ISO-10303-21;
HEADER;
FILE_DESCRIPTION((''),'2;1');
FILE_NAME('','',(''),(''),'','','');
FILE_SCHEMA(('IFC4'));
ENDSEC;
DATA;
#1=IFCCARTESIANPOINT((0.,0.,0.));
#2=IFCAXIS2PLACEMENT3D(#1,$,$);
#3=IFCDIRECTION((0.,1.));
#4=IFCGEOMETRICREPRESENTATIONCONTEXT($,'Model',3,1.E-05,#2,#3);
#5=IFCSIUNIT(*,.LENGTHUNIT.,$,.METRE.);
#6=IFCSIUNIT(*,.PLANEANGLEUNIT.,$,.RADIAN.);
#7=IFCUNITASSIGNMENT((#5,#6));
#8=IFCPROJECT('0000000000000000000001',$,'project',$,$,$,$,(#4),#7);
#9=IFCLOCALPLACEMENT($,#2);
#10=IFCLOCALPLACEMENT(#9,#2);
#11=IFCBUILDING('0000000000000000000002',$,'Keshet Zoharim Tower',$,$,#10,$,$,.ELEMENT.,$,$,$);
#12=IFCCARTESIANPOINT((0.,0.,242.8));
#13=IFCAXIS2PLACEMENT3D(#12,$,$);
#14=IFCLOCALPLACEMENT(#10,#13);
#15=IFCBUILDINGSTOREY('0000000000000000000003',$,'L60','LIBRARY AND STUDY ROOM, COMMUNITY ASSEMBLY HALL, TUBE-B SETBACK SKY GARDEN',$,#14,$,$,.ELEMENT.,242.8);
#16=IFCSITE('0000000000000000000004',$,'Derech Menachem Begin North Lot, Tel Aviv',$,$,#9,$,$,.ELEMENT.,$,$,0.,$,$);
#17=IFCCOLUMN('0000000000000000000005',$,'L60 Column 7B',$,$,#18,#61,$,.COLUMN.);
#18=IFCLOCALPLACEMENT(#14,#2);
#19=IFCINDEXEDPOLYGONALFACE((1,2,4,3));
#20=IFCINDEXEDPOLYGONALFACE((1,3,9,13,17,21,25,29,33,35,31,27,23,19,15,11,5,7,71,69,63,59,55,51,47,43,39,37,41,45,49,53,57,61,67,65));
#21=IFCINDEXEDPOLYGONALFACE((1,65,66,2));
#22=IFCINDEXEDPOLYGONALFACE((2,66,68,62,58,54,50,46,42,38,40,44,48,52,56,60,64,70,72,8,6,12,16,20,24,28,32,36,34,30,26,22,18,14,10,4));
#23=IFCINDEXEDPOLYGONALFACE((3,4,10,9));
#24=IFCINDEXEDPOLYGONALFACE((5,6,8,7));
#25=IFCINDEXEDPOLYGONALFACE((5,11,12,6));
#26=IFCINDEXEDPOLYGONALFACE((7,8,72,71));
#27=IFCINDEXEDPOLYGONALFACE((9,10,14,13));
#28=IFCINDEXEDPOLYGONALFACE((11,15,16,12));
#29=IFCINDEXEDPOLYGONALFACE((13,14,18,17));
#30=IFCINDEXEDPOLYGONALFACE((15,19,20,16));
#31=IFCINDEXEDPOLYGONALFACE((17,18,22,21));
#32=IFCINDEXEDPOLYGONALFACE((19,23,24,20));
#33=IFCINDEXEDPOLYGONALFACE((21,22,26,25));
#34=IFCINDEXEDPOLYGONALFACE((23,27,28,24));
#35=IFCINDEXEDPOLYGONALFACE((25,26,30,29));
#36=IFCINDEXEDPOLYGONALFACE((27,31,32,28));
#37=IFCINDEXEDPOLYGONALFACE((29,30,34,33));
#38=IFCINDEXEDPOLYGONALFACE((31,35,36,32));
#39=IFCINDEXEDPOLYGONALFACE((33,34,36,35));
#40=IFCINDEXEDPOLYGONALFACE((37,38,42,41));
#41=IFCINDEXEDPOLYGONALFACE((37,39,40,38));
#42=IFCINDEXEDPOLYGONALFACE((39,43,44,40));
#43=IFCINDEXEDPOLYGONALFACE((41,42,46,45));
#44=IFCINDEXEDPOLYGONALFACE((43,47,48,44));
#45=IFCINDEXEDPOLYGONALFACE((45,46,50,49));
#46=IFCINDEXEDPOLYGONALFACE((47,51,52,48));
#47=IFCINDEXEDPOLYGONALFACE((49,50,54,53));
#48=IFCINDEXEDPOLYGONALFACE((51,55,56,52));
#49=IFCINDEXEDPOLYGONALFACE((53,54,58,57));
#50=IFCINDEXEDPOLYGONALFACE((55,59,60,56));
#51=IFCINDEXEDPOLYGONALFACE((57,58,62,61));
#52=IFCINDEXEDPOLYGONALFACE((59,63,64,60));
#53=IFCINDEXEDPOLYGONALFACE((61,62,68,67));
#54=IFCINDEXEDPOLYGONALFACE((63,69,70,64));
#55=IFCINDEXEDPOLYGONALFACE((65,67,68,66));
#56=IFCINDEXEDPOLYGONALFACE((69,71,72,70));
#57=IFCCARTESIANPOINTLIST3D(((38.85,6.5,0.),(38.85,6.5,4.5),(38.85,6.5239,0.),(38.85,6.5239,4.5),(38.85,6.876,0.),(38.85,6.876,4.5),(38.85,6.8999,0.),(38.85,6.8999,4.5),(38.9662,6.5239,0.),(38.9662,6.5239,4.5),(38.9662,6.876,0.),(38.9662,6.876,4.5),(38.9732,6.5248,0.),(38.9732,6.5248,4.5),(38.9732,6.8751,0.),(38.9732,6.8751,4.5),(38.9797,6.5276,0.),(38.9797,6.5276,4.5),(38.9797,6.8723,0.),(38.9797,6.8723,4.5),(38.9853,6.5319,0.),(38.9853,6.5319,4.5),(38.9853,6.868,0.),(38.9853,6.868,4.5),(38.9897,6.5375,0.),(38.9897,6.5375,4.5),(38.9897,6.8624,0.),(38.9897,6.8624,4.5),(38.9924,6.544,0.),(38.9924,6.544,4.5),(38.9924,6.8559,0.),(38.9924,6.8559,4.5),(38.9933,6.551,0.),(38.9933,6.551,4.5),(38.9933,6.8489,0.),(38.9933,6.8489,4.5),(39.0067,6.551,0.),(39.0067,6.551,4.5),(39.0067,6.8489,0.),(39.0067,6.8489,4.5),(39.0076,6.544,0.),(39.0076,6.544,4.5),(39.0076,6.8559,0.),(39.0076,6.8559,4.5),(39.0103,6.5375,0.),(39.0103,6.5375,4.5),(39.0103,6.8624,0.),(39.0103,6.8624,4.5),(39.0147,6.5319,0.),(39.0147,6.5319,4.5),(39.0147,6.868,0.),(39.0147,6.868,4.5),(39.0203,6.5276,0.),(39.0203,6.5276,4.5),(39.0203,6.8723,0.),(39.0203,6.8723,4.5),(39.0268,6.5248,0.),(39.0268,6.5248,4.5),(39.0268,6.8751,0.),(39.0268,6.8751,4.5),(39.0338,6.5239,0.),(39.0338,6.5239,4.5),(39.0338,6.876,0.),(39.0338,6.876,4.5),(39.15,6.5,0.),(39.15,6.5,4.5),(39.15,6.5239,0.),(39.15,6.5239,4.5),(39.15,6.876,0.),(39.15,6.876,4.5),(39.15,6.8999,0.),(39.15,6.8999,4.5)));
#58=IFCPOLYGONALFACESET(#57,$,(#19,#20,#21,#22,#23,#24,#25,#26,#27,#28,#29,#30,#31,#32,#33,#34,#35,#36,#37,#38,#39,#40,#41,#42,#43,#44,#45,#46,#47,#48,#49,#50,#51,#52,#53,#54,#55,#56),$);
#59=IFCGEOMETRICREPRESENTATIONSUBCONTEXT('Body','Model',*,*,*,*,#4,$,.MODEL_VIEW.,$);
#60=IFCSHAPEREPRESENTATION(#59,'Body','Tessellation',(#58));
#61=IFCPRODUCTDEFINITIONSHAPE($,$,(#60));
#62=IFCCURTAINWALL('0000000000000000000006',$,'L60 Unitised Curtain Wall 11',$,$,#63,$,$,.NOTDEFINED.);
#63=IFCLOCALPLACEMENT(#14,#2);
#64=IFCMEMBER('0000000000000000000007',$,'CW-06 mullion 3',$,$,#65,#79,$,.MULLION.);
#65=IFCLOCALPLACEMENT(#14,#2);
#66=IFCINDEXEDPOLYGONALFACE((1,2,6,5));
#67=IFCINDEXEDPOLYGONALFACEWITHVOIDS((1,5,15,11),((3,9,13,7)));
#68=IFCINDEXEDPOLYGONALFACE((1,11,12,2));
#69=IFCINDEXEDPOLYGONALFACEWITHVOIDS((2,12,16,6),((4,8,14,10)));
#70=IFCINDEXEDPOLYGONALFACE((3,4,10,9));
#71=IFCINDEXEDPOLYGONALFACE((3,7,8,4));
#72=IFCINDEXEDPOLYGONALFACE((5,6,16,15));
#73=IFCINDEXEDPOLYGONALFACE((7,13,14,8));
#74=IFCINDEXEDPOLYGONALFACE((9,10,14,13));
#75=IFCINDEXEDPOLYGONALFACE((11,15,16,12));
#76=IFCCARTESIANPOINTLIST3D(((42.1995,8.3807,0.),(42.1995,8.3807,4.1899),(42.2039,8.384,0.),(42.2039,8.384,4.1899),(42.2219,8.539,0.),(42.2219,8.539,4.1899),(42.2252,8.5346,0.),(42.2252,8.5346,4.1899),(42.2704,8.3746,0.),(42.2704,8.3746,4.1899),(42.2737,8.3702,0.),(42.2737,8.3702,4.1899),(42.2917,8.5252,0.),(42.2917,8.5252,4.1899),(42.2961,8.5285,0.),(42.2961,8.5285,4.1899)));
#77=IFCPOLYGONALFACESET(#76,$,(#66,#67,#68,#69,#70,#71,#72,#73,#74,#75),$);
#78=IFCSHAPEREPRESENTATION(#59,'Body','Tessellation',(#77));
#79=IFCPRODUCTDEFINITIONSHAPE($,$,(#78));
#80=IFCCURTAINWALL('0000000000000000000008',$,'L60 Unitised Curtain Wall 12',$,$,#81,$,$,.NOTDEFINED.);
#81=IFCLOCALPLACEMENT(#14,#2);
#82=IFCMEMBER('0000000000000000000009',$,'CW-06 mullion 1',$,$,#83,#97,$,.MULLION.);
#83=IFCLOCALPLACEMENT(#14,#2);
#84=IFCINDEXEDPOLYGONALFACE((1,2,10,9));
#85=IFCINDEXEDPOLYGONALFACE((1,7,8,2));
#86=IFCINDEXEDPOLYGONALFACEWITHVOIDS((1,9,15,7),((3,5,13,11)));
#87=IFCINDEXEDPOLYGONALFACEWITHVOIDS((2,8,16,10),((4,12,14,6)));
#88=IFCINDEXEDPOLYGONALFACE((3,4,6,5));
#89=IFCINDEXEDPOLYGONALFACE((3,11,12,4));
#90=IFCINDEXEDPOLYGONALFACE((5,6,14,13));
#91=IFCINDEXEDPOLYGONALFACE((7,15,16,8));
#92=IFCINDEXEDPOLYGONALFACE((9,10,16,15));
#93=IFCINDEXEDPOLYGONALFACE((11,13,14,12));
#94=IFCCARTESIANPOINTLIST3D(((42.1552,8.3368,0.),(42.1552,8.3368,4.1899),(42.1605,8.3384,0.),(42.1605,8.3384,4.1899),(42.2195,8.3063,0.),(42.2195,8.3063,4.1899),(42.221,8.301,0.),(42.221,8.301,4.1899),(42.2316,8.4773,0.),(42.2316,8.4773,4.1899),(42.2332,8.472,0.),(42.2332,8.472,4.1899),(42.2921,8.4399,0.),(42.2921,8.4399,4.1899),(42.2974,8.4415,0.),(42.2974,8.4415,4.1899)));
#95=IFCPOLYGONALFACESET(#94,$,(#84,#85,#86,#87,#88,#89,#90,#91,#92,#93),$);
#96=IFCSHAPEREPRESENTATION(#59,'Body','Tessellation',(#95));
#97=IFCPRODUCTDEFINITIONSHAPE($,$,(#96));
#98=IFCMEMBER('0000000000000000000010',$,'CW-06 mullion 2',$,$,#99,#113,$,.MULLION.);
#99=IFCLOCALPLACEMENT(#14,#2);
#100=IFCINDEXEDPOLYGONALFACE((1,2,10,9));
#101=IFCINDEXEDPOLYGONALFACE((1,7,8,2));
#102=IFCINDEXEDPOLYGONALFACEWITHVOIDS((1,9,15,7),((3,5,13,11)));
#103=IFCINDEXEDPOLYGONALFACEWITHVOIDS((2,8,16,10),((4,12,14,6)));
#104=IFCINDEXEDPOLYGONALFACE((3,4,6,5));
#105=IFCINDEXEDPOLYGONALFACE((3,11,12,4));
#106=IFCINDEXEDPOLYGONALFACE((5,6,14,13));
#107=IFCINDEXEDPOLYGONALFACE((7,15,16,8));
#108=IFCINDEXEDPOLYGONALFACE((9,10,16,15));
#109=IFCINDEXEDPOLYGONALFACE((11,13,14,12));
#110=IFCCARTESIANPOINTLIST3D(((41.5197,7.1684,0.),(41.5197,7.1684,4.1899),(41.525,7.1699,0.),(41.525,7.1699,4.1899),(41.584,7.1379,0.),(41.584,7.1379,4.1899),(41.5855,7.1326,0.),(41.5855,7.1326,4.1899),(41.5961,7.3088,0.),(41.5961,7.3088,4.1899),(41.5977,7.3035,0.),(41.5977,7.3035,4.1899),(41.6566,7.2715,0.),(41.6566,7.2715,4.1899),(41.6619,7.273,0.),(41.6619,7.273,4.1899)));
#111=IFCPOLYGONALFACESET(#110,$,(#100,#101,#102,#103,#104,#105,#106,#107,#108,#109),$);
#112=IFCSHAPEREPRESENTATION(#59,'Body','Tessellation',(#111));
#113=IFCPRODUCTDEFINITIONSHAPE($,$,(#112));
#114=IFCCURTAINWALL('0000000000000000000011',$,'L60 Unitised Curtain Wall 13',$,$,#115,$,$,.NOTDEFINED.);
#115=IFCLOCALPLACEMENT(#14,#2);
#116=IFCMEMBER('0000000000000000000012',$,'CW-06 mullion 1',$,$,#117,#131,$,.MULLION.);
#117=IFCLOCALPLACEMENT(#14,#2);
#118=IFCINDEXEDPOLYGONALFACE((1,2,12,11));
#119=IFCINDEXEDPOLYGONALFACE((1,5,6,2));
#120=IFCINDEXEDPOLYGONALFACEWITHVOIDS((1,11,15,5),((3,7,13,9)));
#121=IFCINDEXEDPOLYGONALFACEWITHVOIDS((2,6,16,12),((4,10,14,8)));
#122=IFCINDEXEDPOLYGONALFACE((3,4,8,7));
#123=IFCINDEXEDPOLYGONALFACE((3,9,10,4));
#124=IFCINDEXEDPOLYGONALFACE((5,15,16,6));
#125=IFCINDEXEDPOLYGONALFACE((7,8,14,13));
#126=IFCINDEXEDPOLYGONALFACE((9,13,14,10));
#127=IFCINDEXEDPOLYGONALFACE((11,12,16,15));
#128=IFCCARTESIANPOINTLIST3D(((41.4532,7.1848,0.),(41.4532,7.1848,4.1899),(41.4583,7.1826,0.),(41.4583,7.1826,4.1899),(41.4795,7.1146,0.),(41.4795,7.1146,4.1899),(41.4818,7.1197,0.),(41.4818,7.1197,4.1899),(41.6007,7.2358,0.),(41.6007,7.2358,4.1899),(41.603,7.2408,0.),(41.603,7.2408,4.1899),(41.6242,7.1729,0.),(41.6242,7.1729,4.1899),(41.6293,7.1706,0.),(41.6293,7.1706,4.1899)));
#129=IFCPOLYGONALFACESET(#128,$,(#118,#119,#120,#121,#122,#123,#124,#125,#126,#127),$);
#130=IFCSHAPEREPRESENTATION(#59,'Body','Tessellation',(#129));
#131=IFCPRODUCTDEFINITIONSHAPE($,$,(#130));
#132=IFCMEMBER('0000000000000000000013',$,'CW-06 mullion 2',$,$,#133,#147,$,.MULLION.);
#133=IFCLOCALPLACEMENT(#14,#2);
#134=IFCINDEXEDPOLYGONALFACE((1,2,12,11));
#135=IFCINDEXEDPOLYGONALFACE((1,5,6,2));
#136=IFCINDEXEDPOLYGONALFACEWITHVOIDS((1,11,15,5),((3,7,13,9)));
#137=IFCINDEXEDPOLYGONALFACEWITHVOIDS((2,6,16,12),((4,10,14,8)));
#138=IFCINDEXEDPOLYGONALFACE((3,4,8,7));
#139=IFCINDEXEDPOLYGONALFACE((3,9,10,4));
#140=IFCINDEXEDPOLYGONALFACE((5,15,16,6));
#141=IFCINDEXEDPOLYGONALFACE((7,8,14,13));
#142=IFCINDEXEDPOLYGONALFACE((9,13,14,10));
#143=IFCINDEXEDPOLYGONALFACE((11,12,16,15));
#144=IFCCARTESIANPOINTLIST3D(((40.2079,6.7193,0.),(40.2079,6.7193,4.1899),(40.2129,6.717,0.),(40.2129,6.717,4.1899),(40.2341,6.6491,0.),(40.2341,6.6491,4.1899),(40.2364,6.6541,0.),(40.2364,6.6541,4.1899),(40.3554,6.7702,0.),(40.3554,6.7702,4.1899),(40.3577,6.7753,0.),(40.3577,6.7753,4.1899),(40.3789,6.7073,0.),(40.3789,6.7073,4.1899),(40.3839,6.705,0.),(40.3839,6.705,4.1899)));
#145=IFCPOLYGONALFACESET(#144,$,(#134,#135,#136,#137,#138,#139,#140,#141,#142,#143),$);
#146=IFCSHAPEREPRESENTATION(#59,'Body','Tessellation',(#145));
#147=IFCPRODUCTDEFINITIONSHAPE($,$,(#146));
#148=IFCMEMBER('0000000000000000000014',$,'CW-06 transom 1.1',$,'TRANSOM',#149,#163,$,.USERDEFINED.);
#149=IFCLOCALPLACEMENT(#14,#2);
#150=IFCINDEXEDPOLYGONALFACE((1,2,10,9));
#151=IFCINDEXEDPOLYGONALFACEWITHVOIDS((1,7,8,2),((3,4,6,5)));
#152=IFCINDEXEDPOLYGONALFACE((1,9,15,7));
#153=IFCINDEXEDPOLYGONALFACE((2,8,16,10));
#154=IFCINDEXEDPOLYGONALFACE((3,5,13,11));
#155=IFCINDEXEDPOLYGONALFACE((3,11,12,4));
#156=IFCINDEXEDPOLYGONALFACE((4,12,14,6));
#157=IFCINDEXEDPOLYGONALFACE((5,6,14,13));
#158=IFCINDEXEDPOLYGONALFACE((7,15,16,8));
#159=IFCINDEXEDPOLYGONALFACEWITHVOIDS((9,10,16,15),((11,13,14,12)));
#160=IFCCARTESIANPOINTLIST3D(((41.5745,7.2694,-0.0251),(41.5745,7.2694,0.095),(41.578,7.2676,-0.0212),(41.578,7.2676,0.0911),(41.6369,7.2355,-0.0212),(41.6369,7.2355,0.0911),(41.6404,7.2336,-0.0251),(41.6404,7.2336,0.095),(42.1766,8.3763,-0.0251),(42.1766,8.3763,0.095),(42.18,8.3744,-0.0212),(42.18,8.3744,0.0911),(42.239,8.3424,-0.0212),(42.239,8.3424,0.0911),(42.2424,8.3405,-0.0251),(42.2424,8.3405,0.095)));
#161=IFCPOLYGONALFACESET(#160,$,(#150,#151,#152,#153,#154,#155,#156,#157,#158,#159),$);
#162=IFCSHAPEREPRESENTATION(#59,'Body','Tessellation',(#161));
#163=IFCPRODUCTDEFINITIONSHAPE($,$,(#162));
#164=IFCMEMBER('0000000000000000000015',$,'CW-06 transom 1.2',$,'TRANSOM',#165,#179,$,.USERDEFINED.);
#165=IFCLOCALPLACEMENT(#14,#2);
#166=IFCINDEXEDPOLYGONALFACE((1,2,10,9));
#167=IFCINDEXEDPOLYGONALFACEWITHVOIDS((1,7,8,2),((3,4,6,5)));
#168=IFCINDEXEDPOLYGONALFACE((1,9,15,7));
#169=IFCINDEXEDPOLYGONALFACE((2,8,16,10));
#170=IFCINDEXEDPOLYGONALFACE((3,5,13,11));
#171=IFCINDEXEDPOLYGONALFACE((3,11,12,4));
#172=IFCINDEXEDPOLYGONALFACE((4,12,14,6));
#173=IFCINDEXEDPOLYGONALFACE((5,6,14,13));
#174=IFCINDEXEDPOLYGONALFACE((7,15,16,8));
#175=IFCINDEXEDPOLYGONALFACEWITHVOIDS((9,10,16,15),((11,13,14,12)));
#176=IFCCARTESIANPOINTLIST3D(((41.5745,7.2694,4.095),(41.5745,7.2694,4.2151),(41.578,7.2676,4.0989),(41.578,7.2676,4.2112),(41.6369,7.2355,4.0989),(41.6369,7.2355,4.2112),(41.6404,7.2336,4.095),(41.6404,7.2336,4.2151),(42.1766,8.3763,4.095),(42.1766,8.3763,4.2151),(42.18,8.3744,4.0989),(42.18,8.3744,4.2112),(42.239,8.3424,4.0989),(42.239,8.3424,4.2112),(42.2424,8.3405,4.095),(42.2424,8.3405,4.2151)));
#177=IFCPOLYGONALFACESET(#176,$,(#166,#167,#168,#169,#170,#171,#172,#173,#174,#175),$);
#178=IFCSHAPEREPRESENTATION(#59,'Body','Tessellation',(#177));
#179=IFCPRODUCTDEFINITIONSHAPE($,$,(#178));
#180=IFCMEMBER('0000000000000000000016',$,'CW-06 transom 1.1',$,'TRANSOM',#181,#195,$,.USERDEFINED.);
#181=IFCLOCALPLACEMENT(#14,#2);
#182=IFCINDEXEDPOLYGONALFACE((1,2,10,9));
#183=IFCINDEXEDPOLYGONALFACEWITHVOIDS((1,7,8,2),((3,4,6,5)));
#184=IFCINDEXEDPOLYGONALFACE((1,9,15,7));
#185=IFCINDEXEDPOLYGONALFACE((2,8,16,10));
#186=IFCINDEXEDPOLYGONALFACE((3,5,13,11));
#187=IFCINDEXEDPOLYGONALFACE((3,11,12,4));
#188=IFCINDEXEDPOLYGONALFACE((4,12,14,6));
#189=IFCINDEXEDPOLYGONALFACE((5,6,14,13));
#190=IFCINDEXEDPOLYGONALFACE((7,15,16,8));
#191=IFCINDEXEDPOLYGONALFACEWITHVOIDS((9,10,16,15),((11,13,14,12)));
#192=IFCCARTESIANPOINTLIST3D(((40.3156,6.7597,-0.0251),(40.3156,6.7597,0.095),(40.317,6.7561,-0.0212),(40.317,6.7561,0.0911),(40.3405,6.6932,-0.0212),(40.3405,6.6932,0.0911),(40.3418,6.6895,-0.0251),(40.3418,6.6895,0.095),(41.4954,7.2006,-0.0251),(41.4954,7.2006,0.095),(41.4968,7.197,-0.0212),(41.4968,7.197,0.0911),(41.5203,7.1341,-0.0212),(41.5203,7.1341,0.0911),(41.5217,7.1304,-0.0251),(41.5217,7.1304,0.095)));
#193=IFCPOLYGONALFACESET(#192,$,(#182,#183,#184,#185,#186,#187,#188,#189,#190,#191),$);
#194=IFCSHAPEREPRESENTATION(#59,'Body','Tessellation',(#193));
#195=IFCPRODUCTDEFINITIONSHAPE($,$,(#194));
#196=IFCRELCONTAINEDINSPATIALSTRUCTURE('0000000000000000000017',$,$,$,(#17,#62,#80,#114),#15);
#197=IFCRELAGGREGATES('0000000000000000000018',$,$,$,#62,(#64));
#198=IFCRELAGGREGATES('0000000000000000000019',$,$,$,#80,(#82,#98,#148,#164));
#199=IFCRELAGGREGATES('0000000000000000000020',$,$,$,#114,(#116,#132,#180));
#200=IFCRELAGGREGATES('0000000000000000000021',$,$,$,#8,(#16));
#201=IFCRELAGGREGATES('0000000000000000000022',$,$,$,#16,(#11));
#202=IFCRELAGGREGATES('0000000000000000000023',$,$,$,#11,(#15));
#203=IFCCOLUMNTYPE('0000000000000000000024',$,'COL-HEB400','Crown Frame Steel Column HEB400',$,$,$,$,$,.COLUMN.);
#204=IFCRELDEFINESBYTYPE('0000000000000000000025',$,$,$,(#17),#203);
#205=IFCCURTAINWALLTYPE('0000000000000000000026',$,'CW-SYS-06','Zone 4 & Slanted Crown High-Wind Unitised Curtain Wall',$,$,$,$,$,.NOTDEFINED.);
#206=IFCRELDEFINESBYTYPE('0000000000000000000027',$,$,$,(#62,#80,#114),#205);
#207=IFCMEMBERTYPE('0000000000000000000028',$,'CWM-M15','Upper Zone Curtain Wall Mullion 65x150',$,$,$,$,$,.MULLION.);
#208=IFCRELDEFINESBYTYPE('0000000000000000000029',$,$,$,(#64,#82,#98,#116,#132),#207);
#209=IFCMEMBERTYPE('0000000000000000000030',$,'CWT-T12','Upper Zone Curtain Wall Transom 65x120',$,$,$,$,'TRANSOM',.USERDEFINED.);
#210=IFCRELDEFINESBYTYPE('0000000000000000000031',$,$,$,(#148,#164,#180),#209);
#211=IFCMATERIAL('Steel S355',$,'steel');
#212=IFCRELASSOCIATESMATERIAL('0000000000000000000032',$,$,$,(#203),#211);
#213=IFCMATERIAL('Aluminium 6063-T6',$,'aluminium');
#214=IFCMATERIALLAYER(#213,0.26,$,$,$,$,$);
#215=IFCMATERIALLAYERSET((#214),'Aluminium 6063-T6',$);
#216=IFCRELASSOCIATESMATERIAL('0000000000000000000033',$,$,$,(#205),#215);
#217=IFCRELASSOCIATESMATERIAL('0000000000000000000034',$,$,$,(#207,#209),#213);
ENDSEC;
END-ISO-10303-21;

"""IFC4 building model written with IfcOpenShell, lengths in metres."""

from ifc_helpers import new_model, si_unit, direction, frame, origin, origin_2d, place, context, subcontext, project, spatial, hollow_rectangle, i_section, extrude, material, layer, layer_set, material_profile, profile_set, type_object, element, aggregate, save


model = new_model("IFC4")

# Units and contexts
model_context = context("Model", 3, precision=1e-05, world=origin(), true_north=direction((0.0, 1.0)))
body_context = subcontext(model_context, "Body", "Model", "MODEL_VIEW")
ifc_project = project(units=[si_unit("LENGTHUNIT", "METRE"), si_unit("PLANEANGLEUNIT", "RADIAN")], contexts=[model_context])

# Site, building, storey
site_placement = place(None, origin())
site = spatial("IfcSite", under=ifc_project, at=site_placement, Name="Derech Menachem Begin North Lot, Tel Aviv", CompositionType="ELEMENT", RefElevation=0.0)
building_placement = place(site_placement, origin())
building = spatial("IfcBuilding", under=site, at=building_placement, Name="Keshet Zoharim Tower", CompositionType="ELEMENT")
storey_placement = place(building_placement, frame((0.0, 0.0, 242.8)))
storey = spatial("IfcBuildingStorey", under=building, at=storey_placement, Name="L60", Description="LIBRARY AND STUDY ROOM, COMMUNITY ASSEMBLY HALL, TUBE-B SETBACK SKY GARDEN", CompositionType="ELEMENT", Elevation=242.8)

# Column
ifc_material_1 = material(Name="Steel S355", Category="steel")
ifc_material_profile_1 = material_profile(ifc_material_1, i_section(OverallWidth=0.3, OverallDepth=0.3999, WebThickness=0.0134, FlangeThickness=0.0239, FilletRadius=0.0271, at=origin_2d()), Name="HEB400")
ifc_profile_set_1 = profile_set([ifc_material_profile_1], Name="Steel S355")
column_type = type_object("IfcColumnType", Name="COL-HEB400", Description="Crown Frame Steel Column HEB400", PredefinedType="COLUMN", material=ifc_profile_set_1)
column_placement = place(storey_placement, frame((39.0, 6.7, 0.0), z_axis=(0.0, 0.0, 1.0), x_axis=(1.0, 0.0, 0.0)))
element("IfcColumn", 1, at=column_placement, inside=storey, type_object=column_type, Name="L60 Column 7B", PredefinedType="COLUMN", context=body_context, shape_type="SweptSolid", body=[
    extrude(i_section(OverallWidth=0.3, OverallDepth=0.3999, WebThickness=0.0134, FlangeThickness=0.0239, FilletRadius=0.0271, at=origin_2d()), origin(), (0.0, 0.0, 1.0), 4.5),
])

# Curtain wall, member
ifc_material_2 = material(Name="Aluminium 6063-T6", Category="aluminium")
ifc_layer_1 = layer(ifc_material_2, 0.26)
ifc_layer_set_1 = layer_set([ifc_layer_1], Name="Aluminium 6063-T6")
curtain_wall_type = type_object("IfcCurtainWallType", Name="CW-SYS-06", Description="Zone 4 & Slanted Crown High-Wind Unitised Curtain Wall", PredefinedType="NOTDEFINED", material=ifc_layer_set_1)
curtain_wall_1_placement = place(storey_placement, origin())
curtain_wall_1 = element("IfcCurtainWall", 2, at=curtain_wall_1_placement, inside=storey, type_object=curtain_wall_type, Name="L60 Unitised Curtain Wall 11", PredefinedType="NOTDEFINED")
ifc_material_profile_2 = material_profile(ifc_material_2, hollow_rectangle(XDim=0.075, YDim=0.1599, WallThickness=0.0039, at=origin_2d()), Name="MUL-75x160")
ifc_profile_set_2 = profile_set([ifc_material_profile_2], Name="Aluminium 6063-T6")
member_type_1 = type_object("IfcMemberType", Name="CWM-M15", Description="Upper Zone Curtain Wall Mullion 65x150", PredefinedType="MULLION", material=ifc_profile_set_2)
member_1_placement = place(storey_placement, frame((42.2478, 8.4546, 0.0), z_axis=(0.0, 0.0, 1.0), x_axis=(0.990132, -0.140137, 0.0)))
member_1 = element("IfcMember", 3, at=member_1_placement, type_object=member_type_1, Name="CW-06 mullion 3", PredefinedType="MULLION", context=body_context, shape_type="SweptSolid", body=[
    extrude(hollow_rectangle(XDim=0.075, YDim=0.1599, WallThickness=0.0039, at=origin_2d()), origin(), (0.0, 0.0, 1.0), 4.1899),
])
aggregate(curtain_wall_1, [member_1])

# Curtain walls, members
curtain_wall_2_placement = place(storey_placement, origin())
curtain_wall_2 = element("IfcCurtainWall", 4, at=curtain_wall_2_placement, inside=storey, type_object=curtain_wall_type, Name="L60 Unitised Curtain Wall 12", PredefinedType="NOTDEFINED")
member_2_placement = place(storey_placement, frame((42.2263, 8.3892, 0.0), z_axis=(0.0, 0.0, 1.0), x_axis=(0.878468, -0.477801, 0.0)))
member_2 = element("IfcMember", 5, at=member_2_placement, type_object=member_type_1, Name="CW-06 mullion 1", PredefinedType="MULLION", context=body_context, shape_type="SweptSolid", body=[
    extrude(hollow_rectangle(XDim=0.075, YDim=0.1599, WallThickness=0.0039, at=origin_2d()), origin(), (0.0, 0.0, 1.0), 4.1899),
])
member_3_placement = place(storey_placement, frame((41.5908, 7.2207, 0.0), z_axis=(0.0, 0.0, 1.0), x_axis=(0.878468, -0.477801, 0.0)))
member_3 = element("IfcMember", 6, at=member_3_placement, type_object=member_type_1, Name="CW-06 mullion 2", PredefinedType="MULLION", context=body_context, shape_type="SweptSolid", body=[
    extrude(hollow_rectangle(XDim=0.075, YDim=0.1599, WallThickness=0.0039, at=origin_2d()), origin(), (0.0, 0.0, 1.0), 4.1899),
])
curtain_wall_3_placement = place(storey_placement, origin())
curtain_wall_3 = element("IfcCurtainWall", 7, at=curtain_wall_3_placement, inside=storey, type_object=curtain_wall_type, Name="L60 Unitised Curtain Wall 13", PredefinedType="NOTDEFINED")
member_4_placement = place(storey_placement, frame((41.5413, 7.1777, 0.0), z_axis=(0.0, 0.0, 1.0), x_axis=(0.350105, -0.93671, 0.0)))
member_4 = element("IfcMember", 8, at=member_4_placement, type_object=member_type_1, Name="CW-06 mullion 1", PredefinedType="MULLION", context=body_context, shape_type="SweptSolid", body=[
    extrude(hollow_rectangle(XDim=0.075, YDim=0.1599, WallThickness=0.0039, at=origin_2d()), origin(), (0.0, 0.0, 1.0), 4.1899),
])
member_5_placement = place(storey_placement, frame((40.2959, 6.7122, 0.0), z_axis=(0.0, 0.0, 1.0), x_axis=(0.350105, -0.93671, 0.0)))
member_5 = element("IfcMember", 9, at=member_5_placement, type_object=member_type_1, Name="CW-06 mullion 2", PredefinedType="MULLION", context=body_context, shape_type="SweptSolid", body=[
    extrude(hollow_rectangle(XDim=0.075, YDim=0.1599, WallThickness=0.0039, at=origin_2d()), origin(), (0.0, 0.0, 1.0), 4.1899),
])

# Members
ifc_material_profile_3 = material_profile(ifc_material_2, hollow_rectangle(XDim=0.075, YDim=0.1201, WallThickness=0.0039, at=origin_2d()), Name="TRN-75x120")
ifc_profile_set_3 = profile_set([ifc_material_profile_3], Name="Aluminium 6063-T6")
member_type_2 = type_object("IfcMemberType", Name="CWT-T12", Description="Upper Zone Curtain Wall Transom 65x120", ElementType="TRANSOM", PredefinedType="USERDEFINED", material=ifc_profile_set_3)
member_6_placement = place(storey_placement, frame((42.2095, 8.3584, 0.0349), z_axis=(-0.477793, -0.878472, 0.0), x_axis=(0.878472, -0.477793, 0.0)))
member_6 = element("IfcMember", 10, at=member_6_placement, type_object=member_type_2, Name="CW-06 transom 1.1", ObjectType="TRANSOM", PredefinedType="USERDEFINED", context=body_context, shape_type="SweptSolid", body=[
    extrude(hollow_rectangle(XDim=0.075, YDim=0.1201, WallThickness=0.0039, at=origin_2d()), origin(), (0.0, 0.0, 1.0), 1.26),
])
member_7_placement = place(storey_placement, frame((42.2095, 8.3584, 4.155), z_axis=(-0.477793, -0.878472, 0.0), x_axis=(0.878472, -0.477793, 0.0)))
member_7 = element("IfcMember", 11, at=member_7_placement, type_object=member_type_2, Name="CW-06 transom 1.2", ObjectType="TRANSOM", PredefinedType="USERDEFINED", context=body_context, shape_type="SweptSolid", body=[
    extrude(hollow_rectangle(XDim=0.075, YDim=0.1201, WallThickness=0.0039, at=origin_2d()), origin(), (0.0, 0.0, 1.0), 1.26),
])
member_8_placement = place(storey_placement, frame((41.5085, 7.1655, 0.0349), z_axis=(-0.936735, -0.35004, 0.0), x_axis=(0.35004, -0.936735, 0.0)))
member_8 = element("IfcMember", 12, at=member_8_placement, type_object=member_type_2, Name="CW-06 transom 1.1", ObjectType="TRANSOM", PredefinedType="USERDEFINED", context=body_context, shape_type="SweptSolid", body=[
    extrude(hollow_rectangle(XDim=0.075, YDim=0.1201, WallThickness=0.0039, at=origin_2d()), origin(), (0.0, 0.0, 1.0), 1.2595),
])

aggregate(curtain_wall_2, [member_2, member_3, member_6, member_7])
aggregate(curtain_wall_3, [member_4, member_5, member_8])

save(model, "model.ifc")
